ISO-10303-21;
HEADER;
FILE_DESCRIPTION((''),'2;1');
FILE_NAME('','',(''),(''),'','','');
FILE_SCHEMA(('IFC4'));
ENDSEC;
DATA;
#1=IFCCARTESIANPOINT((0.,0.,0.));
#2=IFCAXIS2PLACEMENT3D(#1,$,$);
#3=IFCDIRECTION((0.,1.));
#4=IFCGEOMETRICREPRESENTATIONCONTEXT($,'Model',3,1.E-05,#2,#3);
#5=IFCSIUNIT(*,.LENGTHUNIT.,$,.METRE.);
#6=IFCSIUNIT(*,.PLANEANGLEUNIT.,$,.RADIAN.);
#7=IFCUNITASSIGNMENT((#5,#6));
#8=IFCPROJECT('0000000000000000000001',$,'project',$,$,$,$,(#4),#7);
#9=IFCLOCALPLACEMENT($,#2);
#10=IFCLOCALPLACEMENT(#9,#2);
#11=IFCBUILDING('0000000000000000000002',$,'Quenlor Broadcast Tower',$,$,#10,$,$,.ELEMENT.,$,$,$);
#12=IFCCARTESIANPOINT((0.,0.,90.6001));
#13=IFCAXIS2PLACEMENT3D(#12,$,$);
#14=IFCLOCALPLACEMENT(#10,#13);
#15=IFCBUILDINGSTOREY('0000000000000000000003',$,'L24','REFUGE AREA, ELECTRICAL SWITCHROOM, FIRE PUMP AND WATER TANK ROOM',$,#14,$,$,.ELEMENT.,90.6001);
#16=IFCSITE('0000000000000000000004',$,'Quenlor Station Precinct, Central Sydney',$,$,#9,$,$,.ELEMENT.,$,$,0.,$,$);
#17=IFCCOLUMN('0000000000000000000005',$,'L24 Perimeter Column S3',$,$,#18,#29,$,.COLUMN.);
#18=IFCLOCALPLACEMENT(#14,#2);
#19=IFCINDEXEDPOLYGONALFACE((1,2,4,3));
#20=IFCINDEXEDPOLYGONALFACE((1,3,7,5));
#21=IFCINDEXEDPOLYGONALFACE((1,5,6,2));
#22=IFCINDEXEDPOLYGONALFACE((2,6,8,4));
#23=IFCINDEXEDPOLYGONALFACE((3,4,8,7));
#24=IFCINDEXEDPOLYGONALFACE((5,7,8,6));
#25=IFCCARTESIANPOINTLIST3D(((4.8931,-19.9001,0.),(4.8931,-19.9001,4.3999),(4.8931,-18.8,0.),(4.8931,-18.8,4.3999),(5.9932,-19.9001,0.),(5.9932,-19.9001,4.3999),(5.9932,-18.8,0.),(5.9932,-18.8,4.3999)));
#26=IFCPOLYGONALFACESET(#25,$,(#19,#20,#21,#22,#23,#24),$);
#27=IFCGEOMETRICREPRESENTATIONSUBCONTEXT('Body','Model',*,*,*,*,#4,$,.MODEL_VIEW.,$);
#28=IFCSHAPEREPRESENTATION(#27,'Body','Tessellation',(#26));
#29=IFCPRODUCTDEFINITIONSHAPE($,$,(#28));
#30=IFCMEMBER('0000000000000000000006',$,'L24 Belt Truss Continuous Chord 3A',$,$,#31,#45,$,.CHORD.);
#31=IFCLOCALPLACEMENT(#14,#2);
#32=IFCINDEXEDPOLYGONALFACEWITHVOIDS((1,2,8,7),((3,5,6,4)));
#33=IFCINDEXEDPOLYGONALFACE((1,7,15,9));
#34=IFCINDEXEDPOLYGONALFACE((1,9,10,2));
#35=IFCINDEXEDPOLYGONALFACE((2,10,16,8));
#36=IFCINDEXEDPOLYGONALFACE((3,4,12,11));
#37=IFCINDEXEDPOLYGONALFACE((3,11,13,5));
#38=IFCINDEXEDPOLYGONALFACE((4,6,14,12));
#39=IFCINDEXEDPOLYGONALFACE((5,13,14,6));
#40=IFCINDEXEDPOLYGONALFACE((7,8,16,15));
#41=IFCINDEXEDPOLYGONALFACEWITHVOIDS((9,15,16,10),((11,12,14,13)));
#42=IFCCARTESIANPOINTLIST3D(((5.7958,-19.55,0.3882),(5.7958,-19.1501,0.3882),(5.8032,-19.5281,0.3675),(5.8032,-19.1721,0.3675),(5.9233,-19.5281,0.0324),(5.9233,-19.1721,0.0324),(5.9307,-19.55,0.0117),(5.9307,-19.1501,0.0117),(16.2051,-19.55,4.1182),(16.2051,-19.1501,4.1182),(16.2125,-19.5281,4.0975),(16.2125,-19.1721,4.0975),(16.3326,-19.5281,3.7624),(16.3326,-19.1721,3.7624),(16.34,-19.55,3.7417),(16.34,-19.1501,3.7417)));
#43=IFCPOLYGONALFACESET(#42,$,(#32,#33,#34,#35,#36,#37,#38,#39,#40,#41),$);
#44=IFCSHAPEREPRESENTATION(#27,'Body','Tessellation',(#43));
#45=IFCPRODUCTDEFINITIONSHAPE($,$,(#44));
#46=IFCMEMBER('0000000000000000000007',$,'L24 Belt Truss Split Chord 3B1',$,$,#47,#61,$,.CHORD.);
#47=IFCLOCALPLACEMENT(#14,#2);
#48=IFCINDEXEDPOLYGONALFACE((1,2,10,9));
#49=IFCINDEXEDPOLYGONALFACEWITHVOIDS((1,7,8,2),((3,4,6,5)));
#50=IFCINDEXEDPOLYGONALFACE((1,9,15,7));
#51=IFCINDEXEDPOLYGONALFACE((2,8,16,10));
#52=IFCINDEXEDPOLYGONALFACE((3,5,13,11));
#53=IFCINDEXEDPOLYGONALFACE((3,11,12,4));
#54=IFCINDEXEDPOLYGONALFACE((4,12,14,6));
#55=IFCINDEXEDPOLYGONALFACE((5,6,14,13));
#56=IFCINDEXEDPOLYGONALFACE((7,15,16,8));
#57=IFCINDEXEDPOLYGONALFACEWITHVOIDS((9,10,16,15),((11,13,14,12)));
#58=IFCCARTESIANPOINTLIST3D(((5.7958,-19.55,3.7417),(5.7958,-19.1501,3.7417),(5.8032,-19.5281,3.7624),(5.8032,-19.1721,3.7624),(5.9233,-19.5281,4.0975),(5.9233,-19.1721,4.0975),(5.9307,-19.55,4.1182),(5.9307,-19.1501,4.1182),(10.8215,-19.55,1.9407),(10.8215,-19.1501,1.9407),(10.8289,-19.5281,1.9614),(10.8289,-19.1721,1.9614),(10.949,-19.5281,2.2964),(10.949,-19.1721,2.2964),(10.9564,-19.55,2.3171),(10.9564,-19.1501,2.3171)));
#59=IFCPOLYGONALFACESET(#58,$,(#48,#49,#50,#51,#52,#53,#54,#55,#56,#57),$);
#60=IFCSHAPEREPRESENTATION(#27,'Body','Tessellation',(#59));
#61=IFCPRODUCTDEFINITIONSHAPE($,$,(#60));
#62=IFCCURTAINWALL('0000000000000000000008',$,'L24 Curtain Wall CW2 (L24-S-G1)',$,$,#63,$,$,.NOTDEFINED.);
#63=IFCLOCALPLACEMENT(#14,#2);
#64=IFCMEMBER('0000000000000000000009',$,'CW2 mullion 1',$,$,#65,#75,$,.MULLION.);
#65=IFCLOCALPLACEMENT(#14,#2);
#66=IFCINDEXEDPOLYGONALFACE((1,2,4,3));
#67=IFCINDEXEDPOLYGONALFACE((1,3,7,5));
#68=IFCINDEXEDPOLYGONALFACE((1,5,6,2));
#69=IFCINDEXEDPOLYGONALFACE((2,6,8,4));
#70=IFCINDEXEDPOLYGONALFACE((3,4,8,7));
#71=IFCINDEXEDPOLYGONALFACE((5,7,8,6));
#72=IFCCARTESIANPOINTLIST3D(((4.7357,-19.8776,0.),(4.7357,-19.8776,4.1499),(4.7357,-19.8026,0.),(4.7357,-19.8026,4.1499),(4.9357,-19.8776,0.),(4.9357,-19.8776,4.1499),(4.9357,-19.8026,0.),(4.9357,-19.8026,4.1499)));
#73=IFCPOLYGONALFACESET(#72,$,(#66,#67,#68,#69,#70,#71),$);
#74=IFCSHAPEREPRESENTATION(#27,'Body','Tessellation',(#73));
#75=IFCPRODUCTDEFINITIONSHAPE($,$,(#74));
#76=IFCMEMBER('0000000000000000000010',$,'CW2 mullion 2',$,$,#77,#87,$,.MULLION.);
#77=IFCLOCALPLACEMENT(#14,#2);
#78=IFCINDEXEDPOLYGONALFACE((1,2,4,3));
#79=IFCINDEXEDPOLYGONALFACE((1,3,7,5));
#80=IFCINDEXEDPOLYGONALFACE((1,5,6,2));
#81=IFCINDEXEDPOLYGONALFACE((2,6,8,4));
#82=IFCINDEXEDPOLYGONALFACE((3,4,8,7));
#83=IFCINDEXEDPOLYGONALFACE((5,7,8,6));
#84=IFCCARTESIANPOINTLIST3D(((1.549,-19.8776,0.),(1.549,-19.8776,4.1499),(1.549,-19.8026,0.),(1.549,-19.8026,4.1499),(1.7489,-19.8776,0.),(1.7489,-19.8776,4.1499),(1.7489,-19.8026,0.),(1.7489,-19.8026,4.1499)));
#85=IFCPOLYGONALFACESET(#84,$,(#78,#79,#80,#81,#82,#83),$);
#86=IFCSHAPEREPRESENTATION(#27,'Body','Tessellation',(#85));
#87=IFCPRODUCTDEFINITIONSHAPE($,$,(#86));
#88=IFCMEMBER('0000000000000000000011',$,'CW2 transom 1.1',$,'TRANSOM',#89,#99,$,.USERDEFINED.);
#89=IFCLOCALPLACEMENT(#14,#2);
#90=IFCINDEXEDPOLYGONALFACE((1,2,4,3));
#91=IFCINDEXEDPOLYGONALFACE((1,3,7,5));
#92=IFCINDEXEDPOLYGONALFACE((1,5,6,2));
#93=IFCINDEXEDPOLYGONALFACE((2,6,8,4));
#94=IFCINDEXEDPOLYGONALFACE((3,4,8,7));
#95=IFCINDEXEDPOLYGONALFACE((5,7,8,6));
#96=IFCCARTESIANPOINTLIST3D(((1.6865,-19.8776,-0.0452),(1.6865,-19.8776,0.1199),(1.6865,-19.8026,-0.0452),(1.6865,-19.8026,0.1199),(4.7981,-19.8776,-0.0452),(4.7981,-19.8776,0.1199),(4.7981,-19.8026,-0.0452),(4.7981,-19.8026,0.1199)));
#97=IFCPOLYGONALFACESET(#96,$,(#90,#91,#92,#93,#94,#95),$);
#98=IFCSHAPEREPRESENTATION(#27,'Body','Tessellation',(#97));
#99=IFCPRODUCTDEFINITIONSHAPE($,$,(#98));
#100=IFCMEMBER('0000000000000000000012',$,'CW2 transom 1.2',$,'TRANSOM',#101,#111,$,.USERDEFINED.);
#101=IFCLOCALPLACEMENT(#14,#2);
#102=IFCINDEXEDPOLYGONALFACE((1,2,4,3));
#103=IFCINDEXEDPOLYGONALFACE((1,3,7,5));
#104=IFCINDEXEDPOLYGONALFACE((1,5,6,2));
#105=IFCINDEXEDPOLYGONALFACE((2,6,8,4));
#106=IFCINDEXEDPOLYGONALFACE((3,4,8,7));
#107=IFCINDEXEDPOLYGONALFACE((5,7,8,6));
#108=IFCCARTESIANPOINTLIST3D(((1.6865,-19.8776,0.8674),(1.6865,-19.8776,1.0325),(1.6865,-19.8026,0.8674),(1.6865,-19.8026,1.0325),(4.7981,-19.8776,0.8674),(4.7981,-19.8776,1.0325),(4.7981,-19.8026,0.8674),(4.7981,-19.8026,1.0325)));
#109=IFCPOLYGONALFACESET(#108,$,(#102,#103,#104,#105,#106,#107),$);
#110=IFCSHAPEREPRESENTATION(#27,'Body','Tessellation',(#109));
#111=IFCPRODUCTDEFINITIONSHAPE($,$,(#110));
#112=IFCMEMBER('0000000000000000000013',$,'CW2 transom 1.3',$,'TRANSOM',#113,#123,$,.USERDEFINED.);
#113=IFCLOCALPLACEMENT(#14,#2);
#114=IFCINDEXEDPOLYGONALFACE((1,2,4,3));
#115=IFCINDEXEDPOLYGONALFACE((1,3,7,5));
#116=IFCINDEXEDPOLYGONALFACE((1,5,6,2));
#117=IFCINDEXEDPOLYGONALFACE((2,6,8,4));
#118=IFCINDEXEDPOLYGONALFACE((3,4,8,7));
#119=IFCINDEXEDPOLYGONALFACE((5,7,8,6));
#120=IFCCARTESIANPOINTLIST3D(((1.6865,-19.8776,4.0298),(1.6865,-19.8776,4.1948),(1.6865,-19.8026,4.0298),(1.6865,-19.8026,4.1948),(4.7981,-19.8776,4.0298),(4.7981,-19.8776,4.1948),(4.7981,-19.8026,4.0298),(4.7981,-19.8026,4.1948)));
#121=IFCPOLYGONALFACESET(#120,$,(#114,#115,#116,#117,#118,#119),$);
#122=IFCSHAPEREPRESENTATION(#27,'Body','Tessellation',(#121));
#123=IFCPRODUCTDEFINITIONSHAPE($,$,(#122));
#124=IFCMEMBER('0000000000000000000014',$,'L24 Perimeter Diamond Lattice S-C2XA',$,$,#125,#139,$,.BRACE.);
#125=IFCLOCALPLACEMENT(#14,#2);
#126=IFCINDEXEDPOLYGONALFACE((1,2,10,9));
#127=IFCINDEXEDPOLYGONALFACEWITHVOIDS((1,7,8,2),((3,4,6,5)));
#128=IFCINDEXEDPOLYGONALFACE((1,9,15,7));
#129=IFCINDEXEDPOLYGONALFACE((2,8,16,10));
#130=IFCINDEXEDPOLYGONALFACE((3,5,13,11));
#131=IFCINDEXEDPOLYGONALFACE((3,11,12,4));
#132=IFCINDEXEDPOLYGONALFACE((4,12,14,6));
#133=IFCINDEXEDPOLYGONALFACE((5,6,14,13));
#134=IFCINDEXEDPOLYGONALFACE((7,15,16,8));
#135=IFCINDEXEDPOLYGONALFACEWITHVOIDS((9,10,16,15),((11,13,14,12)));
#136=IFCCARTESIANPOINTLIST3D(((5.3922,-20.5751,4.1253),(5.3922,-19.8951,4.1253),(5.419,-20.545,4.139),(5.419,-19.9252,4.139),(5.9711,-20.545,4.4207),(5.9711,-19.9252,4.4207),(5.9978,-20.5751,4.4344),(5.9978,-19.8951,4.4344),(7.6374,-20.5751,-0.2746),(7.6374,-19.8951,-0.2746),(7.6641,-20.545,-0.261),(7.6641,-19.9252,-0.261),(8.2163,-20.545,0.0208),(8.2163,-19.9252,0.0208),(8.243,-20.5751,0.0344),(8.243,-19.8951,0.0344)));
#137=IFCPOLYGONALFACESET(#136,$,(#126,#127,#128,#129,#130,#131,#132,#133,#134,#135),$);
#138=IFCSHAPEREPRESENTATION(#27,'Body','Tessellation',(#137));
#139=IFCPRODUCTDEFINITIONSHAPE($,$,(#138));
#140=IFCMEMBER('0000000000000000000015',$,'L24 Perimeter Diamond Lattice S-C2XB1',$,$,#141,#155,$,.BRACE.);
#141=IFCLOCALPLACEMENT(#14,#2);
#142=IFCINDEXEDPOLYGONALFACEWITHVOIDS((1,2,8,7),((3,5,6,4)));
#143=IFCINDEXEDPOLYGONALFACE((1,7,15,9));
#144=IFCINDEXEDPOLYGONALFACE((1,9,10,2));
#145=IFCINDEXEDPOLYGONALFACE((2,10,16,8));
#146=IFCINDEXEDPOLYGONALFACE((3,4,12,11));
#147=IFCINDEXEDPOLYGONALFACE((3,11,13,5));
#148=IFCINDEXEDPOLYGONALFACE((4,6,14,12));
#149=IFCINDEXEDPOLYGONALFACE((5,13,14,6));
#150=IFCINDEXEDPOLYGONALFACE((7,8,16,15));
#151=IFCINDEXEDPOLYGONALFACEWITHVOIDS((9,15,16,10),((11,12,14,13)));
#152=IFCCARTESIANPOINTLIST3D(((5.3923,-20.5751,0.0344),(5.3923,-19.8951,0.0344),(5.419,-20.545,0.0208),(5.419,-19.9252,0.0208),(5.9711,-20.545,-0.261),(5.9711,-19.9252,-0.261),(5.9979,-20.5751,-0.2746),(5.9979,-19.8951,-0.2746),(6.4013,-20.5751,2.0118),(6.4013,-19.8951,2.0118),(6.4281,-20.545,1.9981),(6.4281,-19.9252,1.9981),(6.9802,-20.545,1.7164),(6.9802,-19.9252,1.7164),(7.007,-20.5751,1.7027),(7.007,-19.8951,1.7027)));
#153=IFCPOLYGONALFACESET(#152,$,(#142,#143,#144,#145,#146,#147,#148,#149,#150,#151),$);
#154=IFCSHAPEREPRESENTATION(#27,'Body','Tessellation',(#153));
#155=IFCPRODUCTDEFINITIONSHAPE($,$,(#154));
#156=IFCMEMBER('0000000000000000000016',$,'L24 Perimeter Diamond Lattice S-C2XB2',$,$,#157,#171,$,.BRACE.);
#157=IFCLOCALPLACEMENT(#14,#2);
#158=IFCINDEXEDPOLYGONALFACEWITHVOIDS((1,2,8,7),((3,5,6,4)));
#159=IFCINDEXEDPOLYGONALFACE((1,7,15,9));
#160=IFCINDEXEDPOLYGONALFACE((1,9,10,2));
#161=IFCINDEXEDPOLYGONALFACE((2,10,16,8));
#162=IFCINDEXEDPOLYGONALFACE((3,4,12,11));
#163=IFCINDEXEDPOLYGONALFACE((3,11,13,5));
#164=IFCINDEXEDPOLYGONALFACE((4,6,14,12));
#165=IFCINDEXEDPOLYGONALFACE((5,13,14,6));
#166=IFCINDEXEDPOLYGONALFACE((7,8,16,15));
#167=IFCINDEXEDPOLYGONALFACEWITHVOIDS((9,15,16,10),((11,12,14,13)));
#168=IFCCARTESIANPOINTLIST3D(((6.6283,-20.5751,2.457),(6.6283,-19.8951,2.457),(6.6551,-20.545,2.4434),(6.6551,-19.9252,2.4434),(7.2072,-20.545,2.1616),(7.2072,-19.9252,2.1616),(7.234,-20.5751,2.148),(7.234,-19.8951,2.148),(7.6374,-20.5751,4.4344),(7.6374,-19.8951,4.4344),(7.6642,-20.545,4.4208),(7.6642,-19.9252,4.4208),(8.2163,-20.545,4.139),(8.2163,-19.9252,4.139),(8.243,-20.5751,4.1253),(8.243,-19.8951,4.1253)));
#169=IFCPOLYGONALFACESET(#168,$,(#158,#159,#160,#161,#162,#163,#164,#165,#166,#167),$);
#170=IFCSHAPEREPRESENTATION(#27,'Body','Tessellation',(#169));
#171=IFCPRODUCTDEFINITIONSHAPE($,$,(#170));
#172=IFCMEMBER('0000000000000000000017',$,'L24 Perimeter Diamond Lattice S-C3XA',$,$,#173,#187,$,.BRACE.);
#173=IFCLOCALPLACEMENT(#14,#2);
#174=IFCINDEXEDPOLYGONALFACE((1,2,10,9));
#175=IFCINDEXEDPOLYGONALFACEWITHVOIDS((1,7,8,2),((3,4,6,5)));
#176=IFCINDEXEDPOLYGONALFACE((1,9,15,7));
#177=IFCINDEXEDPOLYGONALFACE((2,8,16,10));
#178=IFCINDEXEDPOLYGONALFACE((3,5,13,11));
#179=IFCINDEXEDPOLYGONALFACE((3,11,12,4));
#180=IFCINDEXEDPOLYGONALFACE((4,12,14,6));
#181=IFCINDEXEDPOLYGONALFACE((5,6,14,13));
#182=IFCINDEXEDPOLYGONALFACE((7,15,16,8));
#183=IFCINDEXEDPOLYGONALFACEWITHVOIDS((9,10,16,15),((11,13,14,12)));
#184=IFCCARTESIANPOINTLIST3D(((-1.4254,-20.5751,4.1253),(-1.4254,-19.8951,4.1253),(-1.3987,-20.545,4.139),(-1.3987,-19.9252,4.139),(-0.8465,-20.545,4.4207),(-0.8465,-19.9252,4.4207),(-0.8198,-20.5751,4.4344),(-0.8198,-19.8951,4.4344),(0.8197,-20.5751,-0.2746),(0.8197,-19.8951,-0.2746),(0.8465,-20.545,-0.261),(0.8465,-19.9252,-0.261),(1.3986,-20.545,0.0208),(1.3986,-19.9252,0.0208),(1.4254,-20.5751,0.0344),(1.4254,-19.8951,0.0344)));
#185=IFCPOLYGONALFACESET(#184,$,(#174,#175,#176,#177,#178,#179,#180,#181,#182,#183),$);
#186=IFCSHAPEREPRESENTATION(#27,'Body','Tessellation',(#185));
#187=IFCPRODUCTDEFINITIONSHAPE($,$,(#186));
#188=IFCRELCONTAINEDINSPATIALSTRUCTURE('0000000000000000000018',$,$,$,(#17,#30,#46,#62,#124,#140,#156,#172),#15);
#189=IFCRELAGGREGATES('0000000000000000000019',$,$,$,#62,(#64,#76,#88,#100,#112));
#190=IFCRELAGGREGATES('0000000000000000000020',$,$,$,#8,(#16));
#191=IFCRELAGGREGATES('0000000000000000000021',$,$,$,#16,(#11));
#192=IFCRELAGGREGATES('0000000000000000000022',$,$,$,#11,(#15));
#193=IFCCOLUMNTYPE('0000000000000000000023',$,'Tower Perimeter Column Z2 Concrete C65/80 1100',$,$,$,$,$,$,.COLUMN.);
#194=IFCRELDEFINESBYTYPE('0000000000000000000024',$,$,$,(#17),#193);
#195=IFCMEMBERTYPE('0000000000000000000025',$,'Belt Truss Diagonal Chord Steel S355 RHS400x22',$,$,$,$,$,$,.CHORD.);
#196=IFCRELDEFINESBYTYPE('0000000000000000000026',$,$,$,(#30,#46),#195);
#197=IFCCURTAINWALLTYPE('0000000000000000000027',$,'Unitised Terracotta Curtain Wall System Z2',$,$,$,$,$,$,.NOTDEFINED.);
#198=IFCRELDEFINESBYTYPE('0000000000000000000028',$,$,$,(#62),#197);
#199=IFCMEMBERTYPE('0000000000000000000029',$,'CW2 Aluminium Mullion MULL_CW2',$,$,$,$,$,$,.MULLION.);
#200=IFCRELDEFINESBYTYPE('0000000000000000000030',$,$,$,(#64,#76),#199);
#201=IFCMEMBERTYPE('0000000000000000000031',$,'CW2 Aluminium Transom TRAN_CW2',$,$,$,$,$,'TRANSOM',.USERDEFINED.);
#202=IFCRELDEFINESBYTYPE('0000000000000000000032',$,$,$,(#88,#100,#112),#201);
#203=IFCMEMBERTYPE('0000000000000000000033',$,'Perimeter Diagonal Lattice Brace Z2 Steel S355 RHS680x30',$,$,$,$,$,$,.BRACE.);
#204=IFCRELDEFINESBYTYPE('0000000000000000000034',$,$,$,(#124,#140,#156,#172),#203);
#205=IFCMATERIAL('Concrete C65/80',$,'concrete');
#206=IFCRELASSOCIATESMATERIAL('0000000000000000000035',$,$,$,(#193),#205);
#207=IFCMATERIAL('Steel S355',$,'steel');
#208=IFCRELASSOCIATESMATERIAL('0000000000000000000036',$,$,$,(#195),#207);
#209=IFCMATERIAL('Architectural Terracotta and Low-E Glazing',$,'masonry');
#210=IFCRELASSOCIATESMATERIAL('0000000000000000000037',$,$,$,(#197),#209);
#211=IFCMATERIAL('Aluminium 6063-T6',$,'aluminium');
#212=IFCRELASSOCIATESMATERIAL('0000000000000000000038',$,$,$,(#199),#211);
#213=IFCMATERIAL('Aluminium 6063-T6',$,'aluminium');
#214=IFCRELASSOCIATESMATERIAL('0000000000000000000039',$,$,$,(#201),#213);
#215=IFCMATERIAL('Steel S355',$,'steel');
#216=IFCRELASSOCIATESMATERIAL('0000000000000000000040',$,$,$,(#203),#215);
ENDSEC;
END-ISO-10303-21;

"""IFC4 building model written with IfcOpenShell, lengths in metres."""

from ifc_helpers import new_model, si_unit, direction, frame, origin, origin_2d, place, context, subcontext, project, spatial, rectangle, hollow_rectangle, extrude, material, material_profile, profile_set, type_object, element, aggregate, save


model = new_model("IFC4")

# Units and contexts
model_context = context("Model", 3, precision=1e-05, world=origin(), true_north=direction((0.0, 1.0)))
body_context = subcontext(model_context, "Body", "Model", "MODEL_VIEW")
ifc_project = project(units=[si_unit("LENGTHUNIT", "METRE"), si_unit("PLANEANGLEUNIT", "RADIAN")], contexts=[model_context])

# Site, building, storey
site_placement = place(None, origin())
site = spatial("IfcSite", under=ifc_project, at=site_placement, Name="Quenlor Station Precinct, Central Sydney", CompositionType="ELEMENT", RefElevation=0.0)
building_placement = place(site_placement, origin())
building = spatial("IfcBuilding", under=site, at=building_placement, Name="Quenlor Broadcast Tower", CompositionType="ELEMENT")
storey_placement = place(building_placement, frame((0.0, 0.0, 90.6001)))
storey = spatial("IfcBuildingStorey", under=building, at=storey_placement, Name="L24", Description="REFUGE AREA, ELECTRICAL SWITCHROOM, FIRE PUMP AND WATER TANK ROOM", CompositionType="ELEMENT", Elevation=90.6001)

# Column
ifc_material_1 = material(Name="Concrete C65/80", Category="concrete")
ifc_material_profile_1 = material_profile(ifc_material_1, rectangle(XDim=1.1001, YDim=1.1001, at=origin_2d()))
ifc_profile_set_1 = profile_set([ifc_material_profile_1], Name="Concrete C65/80 RC1100x1100")
column_type = type_object("IfcColumnType", Name="Tower Perimeter Column Z2 Concrete C65/80 1100", PredefinedType="COLUMN", material=ifc_profile_set_1)
column_placement = place(storey_placement, frame((5.4431, -19.3501, 0.0), z_axis=(0.0, 0.0, 1.0), x_axis=(0.0, 1.0, 0.0)))
element("IfcColumn", 1, at=column_placement, inside=storey, type_object=column_type, Name="L24 Perimeter Column S3", PredefinedType="COLUMN", context=body_context, shape_type="SweptSolid", body=[
    extrude(rectangle(XDim=1.1001, YDim=1.1001, at=origin_2d()), origin(), (0.0, 0.0, 1.0), 4.3999),
])

# Members
ifc_material_2 = material(Name="Steel S355", Category="steel")
ifc_material_profile_2 = material_profile(ifc_material_2, hollow_rectangle(XDim=0.3999, YDim=0.3999, WallThickness=0.022, at=origin_2d()))
ifc_profile_set_2 = profile_set([ifc_material_profile_2], Name="Steel S355 RHS400x400x22")
member_type_1 = type_object("IfcMemberType", Name="Belt Truss Diagonal Chord Steel S355 RHS400x22", PredefinedType="CHORD", material=ifc_profile_set_2)
member_1_placement = place(storey_placement, frame((5.8633, -19.3501, 0.2), z_axis=(0.941386, 0.0, 0.337332), x_axis=(0.0, 1.0, 0.0)))
element("IfcMember", 2, at=member_1_placement, inside=storey, type_object=member_type_1, Name="L24 Belt Truss Continuous Chord 3A", PredefinedType="CHORD", context=body_context, shape_type="SweptSolid", body=[
    extrude(hollow_rectangle(XDim=0.3999, YDim=0.3999, WallThickness=0.022, at=origin_2d()), origin(), (0.0, 0.0, 1.0), 11.0574),
])
member_2_placement = place(storey_placement, frame((5.8633, -19.3501, 3.9299), z_axis=(0.941376, 0.0, -0.337359), x_axis=(0.0, 1.0, 0.0)))
element("IfcMember", 3, at=member_2_placement, inside=storey, type_object=member_type_1, Name="L24 Belt Truss Split Chord 3B1", PredefinedType="CHORD", context=body_context, shape_type="SweptSolid", body=[
    extrude(hollow_rectangle(XDim=0.3999, YDim=0.3999, WallThickness=0.022, at=origin_2d()), origin(), (0.0, 0.0, 1.0), 5.3386),
])

# Curtain wall, members
ifc_material_3 = material(Name="Architectural Terracotta and Low-E Glazing", Category="masonry")
curtain_wall_type = type_object("IfcCurtainWallType", Name="Unitised Terracotta Curtain Wall System Z2", PredefinedType="NOTDEFINED", material=ifc_material_3)
curtain_wall_placement = place(storey_placement, origin())
curtain_wall = element("IfcCurtainWall", 4, at=curtain_wall_placement, inside=storey, type_object=curtain_wall_type, Name="L24 Curtain Wall CW2 (L24-S-G1)", PredefinedType="NOTDEFINED")
ifc_material_4 = material(Name="Aluminium 6063-T6", Category="aluminium")
ifc_material_profile_3 = material_profile(ifc_material_4, rectangle(XDim=0.075, YDim=0.2, at=origin_2d()))
ifc_profile_set_3 = profile_set([ifc_material_profile_3], Name="Aluminium 6063-T6 MULL75x200")
member_type_2 = type_object("IfcMemberType", Name="CW2 Aluminium Mullion MULL_CW2", PredefinedType="MULLION", material=ifc_profile_set_3)
member_3_placement = place(storey_placement, frame((4.8357, -19.8401, 0.0), z_axis=(0.0, 0.0, 1.0), x_axis=(0.0, -1.0, 0.0)))
member_3 = element("IfcMember", 5, at=member_3_placement, type_object=member_type_2, Name="CW2 mullion 1", PredefinedType="MULLION", context=body_context, shape_type="SweptSolid", body=[
    extrude(rectangle(XDim=0.075, YDim=0.2, at=origin_2d()), origin(), (0.0, 0.0, 1.0), 4.1499),
])
member_4_placement = place(storey_placement, frame((1.6489, -19.8401, 0.0), z_axis=(0.0, 0.0, 1.0), x_axis=(0.0, -1.0, 0.0)))
member_4 = element("IfcMember", 6, at=member_4_placement, type_object=member_type_2, Name="CW2 mullion 2", PredefinedType="MULLION", context=body_context, shape_type="SweptSolid", body=[
    extrude(rectangle(XDim=0.075, YDim=0.2, at=origin_2d()), origin(), (0.0, 0.0, 1.0), 4.1499),
])
ifc_material_5 = material(Name="Aluminium 6063-T6", Category="aluminium")
ifc_material_profile_4 = material_profile(ifc_material_5, rectangle(XDim=0.075, YDim=0.165, at=origin_2d()))
ifc_profile_set_4 = profile_set([ifc_material_profile_4], Name="Aluminium 6063-T6 TRAN75x165")
member_type_3 = type_object("IfcMemberType", Name="CW2 Aluminium Transom TRAN_CW2", ElementType="TRANSOM", PredefinedType="USERDEFINED", material=ifc_profile_set_4)
member_5_placement = place(storey_placement, frame((4.7981, -19.8401, 0.0374), z_axis=(-1.0, 0.0, 0.0), x_axis=(0.0, -1.0, 0.0)))
member_5 = element("IfcMember", 7, at=member_5_placement, type_object=member_type_3, Name="CW2 transom 1.1", ObjectType="TRANSOM", PredefinedType="USERDEFINED", context=body_context, shape_type="SweptSolid", body=[
    extrude(rectangle(XDim=0.075, YDim=0.165, at=origin_2d()), origin(), (0.0, 0.0, 1.0), 3.1116),
])
member_6_placement = place(storey_placement, frame((4.7981, -19.8401, 0.95), z_axis=(-1.0, 0.0, 0.0), x_axis=(0.0, -1.0, 0.0)))
member_6 = element("IfcMember", 8, at=member_6_placement, type_object=member_type_3, Name="CW2 transom 1.2", ObjectType="TRANSOM", PredefinedType="USERDEFINED", context=body_context, shape_type="SweptSolid", body=[
    extrude(rectangle(XDim=0.075, YDim=0.165, at=origin_2d()), origin(), (0.0, 0.0, 1.0), 3.1116),
])
member_7_placement = place(storey_placement, frame((4.7981, -19.8401, 4.1123), z_axis=(-1.0, 0.0, 0.0), x_axis=(0.0, -1.0, 0.0)))
member_7 = element("IfcMember", 9, at=member_7_placement, type_object=member_type_3, Name="CW2 transom 1.3", ObjectType="TRANSOM", PredefinedType="USERDEFINED", context=body_context, shape_type="SweptSolid", body=[
    extrude(rectangle(XDim=0.075, YDim=0.165, at=origin_2d()), origin(), (0.0, 0.0, 1.0), 3.1116),
])

# Members
ifc_material_6 = material(Name="Steel S355", Category="steel")
ifc_material_profile_5 = material_profile(ifc_material_6, hollow_rectangle(XDim=0.6799, YDim=0.6799, WallThickness=0.03, at=origin_2d()))
ifc_profile_set_5 = profile_set([ifc_material_profile_5], Name="Steel S355 RHS680x680x30")
member_type_4 = type_object("IfcMemberType", Name="Perimeter Diagonal Lattice Brace Z2 Steel S355 RHS680x30", PredefinedType="BRACE", material=ifc_profile_set_5)
member_8_placement = place(storey_placement, frame((7.9402, -20.2351, -0.1201), z_axis=(-0.454514, 0.0, 0.89074), x_axis=(0.0, -1.0, 0.0)))
element("IfcMember", 10, at=member_8_placement, inside=storey, type_object=member_type_4, Name="L24 Perimeter Diamond Lattice S-C2XA", PredefinedType="BRACE", context=body_context, shape_type="SweptSolid", body=[
    extrude(hollow_rectangle(XDim=0.6799, YDim=0.6799, WallThickness=0.03, at=origin_2d()), origin(), (0.0, 0.0, 1.0), 4.9397),
])
for number, where, z_axis, x_axis, name in (
    (11, (5.6951, -20.2351, -0.1201), (0.454545, 0.0, 0.890724), (0.0, 1.0, 0.0), "L24 Perimeter Diamond Lattice S-C2XB1"),
    (12, (6.9312, -20.2351, 2.3025), (0.454545, 0.0, 0.890724), (0.0, 1.0, 0.0), "L24 Perimeter Diamond Lattice S-C2XB2"),
):
    element("IfcMember", number, at=place(storey_placement, frame(where, z_axis=z_axis, x_axis=x_axis)), inside=storey, type_object=member_type_4, Name=name, PredefinedType="BRACE", context=body_context, shape_type="SweptSolid", body=[
        extrude(hollow_rectangle(XDim=0.6799, YDim=0.6799, WallThickness=0.03, at=origin_2d()), origin(), (0.0, 0.0, 1.0), 2.22),
    ])
member_9_placement = place(storey_placement, frame((1.1226, -20.2351, -0.1201), z_axis=(-0.454514, 0.0, 0.89074), x_axis=(0.0, -1.0, 0.0)))
element("IfcMember", 13, at=member_9_placement, inside=storey, type_object=member_type_4, Name="L24 Perimeter Diamond Lattice S-C3XA", PredefinedType="BRACE", context=body_context, shape_type="SweptSolid", body=[
    extrude(hollow_rectangle(XDim=0.6799, YDim=0.6799, WallThickness=0.03, at=origin_2d()), origin(), (0.0, 0.0, 1.0), 4.9397),
])

aggregate(curtain_wall, [member_3, member_4, member_5, member_6, member_7])

save(model, "model.ifc")
